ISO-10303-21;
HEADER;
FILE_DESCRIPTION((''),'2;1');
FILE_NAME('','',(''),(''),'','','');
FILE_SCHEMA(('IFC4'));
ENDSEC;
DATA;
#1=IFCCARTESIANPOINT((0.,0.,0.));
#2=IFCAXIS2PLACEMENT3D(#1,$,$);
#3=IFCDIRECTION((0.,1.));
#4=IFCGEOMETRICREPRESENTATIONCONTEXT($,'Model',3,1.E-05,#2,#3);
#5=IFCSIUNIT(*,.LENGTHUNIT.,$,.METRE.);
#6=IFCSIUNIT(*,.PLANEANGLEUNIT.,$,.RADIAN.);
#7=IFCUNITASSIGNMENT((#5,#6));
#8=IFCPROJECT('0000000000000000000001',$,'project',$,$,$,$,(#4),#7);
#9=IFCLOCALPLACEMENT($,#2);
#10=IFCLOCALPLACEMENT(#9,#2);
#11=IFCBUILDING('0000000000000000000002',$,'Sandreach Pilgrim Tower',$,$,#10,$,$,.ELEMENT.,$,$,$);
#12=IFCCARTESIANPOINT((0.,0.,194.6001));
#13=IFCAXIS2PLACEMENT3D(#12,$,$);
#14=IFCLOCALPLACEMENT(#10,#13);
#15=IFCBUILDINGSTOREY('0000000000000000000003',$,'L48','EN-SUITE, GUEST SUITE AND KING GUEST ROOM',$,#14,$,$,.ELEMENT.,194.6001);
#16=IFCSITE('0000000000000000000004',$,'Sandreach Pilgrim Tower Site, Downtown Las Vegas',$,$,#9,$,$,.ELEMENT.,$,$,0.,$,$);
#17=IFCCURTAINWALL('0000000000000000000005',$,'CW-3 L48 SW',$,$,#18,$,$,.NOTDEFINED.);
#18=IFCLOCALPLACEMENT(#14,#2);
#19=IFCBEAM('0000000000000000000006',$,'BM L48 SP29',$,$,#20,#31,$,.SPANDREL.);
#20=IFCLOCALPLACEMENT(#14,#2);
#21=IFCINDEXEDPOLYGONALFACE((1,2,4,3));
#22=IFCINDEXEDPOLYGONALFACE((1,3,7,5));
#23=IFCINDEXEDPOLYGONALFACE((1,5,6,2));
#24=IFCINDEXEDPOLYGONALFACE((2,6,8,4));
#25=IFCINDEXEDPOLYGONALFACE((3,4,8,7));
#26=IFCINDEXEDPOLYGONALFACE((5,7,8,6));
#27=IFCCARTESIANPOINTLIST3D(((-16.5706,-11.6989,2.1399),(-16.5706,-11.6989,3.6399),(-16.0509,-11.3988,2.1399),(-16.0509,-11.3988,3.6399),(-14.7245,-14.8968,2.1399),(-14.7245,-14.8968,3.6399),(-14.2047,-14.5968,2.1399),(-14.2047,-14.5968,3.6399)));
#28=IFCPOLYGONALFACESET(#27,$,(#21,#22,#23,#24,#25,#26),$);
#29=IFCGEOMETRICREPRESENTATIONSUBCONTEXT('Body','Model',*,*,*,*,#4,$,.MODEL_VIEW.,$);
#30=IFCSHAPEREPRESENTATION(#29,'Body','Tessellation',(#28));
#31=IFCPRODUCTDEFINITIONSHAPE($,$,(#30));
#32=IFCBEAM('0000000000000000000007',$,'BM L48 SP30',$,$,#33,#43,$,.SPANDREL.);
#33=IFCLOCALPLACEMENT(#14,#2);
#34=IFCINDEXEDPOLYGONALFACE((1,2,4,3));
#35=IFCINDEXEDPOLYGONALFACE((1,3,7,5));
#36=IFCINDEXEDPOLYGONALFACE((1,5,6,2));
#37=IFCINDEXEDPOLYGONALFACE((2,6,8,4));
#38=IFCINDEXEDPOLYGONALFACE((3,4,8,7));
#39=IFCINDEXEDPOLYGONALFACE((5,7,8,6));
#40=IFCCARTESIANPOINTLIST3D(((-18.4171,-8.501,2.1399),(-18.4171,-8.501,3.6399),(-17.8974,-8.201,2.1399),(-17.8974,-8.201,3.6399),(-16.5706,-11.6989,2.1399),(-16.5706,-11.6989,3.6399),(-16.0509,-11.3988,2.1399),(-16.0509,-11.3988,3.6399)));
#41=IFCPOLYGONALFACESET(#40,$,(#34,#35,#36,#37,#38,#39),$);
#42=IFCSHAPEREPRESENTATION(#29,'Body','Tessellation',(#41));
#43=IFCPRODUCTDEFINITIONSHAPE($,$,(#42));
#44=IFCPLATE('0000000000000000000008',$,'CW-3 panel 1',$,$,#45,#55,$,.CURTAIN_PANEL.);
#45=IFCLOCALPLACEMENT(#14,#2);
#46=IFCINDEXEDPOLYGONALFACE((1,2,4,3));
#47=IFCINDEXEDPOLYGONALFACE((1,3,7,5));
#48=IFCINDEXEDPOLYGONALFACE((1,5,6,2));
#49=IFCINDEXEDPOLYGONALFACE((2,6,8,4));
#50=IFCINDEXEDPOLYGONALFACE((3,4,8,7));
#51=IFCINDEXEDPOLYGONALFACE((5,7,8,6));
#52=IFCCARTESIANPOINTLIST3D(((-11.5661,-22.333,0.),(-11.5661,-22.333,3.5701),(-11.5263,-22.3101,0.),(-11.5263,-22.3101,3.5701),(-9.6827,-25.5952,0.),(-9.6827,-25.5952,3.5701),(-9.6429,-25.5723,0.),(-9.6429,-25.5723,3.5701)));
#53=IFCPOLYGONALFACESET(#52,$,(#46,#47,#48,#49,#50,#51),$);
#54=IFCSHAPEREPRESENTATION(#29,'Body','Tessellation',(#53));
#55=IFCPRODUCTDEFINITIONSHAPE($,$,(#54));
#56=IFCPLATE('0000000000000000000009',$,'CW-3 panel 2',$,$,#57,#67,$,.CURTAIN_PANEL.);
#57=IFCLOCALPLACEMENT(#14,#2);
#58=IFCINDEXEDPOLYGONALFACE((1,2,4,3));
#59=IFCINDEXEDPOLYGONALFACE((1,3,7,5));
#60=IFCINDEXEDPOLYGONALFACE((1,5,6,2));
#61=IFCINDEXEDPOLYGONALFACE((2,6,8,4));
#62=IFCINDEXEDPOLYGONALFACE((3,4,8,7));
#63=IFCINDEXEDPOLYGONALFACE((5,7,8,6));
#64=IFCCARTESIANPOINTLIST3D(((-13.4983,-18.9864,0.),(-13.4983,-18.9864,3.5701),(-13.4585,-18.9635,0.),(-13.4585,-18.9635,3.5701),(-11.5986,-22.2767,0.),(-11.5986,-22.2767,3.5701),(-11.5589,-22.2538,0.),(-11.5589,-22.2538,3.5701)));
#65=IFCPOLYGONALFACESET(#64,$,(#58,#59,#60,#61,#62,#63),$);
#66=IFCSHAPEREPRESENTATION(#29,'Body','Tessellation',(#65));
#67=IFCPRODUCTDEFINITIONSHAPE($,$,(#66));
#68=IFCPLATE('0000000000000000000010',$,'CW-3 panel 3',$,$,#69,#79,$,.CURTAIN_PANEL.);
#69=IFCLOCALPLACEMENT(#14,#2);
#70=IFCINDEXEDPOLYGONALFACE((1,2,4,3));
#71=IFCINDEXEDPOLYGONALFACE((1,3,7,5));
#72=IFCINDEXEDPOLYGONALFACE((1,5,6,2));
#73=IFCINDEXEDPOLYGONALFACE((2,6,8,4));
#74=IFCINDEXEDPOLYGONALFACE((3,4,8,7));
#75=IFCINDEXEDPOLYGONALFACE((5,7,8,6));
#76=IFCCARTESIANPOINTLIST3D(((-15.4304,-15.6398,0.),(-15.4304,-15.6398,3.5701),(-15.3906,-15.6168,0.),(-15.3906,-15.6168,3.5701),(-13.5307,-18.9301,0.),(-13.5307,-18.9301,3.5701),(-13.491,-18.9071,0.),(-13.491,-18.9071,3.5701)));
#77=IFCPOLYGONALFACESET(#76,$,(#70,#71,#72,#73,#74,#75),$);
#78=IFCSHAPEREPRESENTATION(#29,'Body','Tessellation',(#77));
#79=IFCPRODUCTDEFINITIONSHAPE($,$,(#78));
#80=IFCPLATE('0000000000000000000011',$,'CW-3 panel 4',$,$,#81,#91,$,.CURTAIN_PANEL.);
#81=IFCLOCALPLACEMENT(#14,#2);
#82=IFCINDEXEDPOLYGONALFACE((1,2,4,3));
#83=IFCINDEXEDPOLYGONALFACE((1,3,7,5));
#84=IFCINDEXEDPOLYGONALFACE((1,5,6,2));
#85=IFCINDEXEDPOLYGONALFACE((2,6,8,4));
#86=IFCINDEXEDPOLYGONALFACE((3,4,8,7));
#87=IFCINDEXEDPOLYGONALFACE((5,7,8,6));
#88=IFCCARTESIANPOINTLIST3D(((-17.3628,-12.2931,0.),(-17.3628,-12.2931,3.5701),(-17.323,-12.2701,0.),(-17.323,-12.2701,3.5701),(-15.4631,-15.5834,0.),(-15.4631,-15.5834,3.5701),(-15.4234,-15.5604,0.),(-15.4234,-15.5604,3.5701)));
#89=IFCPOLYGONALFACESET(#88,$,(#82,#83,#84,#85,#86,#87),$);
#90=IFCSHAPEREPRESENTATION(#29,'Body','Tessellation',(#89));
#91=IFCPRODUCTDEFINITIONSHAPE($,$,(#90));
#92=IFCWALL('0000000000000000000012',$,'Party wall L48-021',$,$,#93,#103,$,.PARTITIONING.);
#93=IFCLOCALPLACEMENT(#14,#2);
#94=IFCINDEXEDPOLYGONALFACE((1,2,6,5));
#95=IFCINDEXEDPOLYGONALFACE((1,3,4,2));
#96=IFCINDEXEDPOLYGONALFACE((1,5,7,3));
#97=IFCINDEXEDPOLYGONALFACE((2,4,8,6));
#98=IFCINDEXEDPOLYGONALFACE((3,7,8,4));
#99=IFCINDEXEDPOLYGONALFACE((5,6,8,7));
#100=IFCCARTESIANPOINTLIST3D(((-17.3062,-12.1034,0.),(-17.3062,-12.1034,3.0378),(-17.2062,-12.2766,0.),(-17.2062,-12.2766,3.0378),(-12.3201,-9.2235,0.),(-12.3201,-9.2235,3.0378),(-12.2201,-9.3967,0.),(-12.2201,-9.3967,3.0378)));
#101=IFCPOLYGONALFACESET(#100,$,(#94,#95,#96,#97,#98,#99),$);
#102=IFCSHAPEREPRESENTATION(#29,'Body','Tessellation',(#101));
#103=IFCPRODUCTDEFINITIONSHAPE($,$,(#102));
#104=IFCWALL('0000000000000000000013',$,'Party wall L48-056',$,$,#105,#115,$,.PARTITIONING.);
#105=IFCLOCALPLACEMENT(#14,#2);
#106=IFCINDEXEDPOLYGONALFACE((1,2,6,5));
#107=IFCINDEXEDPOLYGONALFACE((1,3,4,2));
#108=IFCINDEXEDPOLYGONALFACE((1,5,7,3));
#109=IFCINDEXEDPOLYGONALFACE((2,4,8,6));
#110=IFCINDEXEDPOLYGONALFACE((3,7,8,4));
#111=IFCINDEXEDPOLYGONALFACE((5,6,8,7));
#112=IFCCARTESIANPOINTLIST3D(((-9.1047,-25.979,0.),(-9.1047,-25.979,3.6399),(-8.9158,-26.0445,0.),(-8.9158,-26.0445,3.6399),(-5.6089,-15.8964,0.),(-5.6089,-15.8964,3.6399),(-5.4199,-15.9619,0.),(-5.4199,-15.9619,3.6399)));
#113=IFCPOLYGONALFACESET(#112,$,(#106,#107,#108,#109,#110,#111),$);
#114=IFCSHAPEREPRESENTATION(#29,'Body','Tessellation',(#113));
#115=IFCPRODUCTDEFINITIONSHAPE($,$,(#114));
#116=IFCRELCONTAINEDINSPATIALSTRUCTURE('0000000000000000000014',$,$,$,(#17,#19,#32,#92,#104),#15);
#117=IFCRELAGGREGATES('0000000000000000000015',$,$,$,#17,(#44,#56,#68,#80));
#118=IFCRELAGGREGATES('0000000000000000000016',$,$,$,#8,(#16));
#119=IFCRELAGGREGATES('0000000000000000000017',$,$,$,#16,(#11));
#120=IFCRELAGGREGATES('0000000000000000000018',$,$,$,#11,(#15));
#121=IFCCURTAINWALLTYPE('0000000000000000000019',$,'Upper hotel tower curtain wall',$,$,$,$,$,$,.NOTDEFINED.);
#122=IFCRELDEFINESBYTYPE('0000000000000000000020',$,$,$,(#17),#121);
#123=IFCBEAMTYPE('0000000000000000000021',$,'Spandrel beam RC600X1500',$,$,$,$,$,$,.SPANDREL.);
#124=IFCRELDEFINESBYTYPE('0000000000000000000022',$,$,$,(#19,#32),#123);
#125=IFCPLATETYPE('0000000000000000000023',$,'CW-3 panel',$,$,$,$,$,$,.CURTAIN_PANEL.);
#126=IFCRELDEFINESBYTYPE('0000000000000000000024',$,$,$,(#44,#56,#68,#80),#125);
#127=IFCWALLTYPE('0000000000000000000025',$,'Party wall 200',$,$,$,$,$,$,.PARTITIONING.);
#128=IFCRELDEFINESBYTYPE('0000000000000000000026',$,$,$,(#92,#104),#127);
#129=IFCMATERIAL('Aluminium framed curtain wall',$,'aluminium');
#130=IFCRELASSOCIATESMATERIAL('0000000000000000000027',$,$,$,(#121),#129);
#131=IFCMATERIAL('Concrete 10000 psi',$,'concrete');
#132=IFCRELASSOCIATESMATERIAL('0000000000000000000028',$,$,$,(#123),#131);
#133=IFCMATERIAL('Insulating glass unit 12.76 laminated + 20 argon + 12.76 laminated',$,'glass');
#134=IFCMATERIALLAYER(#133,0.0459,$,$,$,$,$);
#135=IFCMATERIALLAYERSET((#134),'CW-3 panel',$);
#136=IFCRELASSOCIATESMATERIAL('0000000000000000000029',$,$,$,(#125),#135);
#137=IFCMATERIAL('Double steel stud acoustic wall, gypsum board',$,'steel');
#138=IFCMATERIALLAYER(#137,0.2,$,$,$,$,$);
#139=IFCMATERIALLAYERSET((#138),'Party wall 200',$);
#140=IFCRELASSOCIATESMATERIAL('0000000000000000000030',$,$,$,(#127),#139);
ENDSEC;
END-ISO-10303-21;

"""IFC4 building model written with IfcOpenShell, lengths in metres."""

from ifc_helpers import new_model, si_unit, direction, frame, frame_2d, origin, origin_2d, place, context, subcontext, project, spatial, rectangle, extrude, material, layer, layer_set, material_profile, profile_set, type_object, element, aggregate, save


model = new_model("IFC4")

# Units and contexts
model_context = context("Model", 3, precision=1e-05, world=origin(), true_north=direction((0.0, 1.0)))
body_context = subcontext(model_context, "Body", "Model", "MODEL_VIEW")
ifc_project = project(units=[si_unit("LENGTHUNIT", "METRE"), si_unit("PLANEANGLEUNIT", "RADIAN")], contexts=[model_context])

# Site, building, storey
site_placement = place(None, origin())
site = spatial("IfcSite", under=ifc_project, at=site_placement, Name="Sandreach Pilgrim Tower Site, Downtown Las Vegas", CompositionType="ELEMENT", RefElevation=0.0)
building_placement = place(site_placement, origin())
building = spatial("IfcBuilding", under=site, at=building_placement, Name="Sandreach Pilgrim Tower", CompositionType="ELEMENT")
storey_placement = place(building_placement, frame((0.0, 0.0, 194.6001)))
storey = spatial("IfcBuildingStorey", under=building, at=storey_placement, Name="L48", Description="EN-SUITE, GUEST SUITE AND KING GUEST ROOM", CompositionType="ELEMENT", Elevation=194.6001)

# Curtain wall
ifc_material_1 = material(Name="Aluminium framed curtain wall", Category="aluminium")
curtain_wall_type = type_object("IfcCurtainWallType", Name="Upper hotel tower curtain wall", PredefinedType="NOTDEFINED", material=ifc_material_1)
curtain_wall_placement = place(storey_placement, origin())
curtain_wall = element("IfcCurtainWall", 1, at=curtain_wall_placement, inside=storey, type_object=curtain_wall_type, Name="CW-3 L48 SW", PredefinedType="NOTDEFINED")

# Beams
ifc_material_2 = material(Name="Concrete 10000 psi", Category="concrete")
ifc_material_profile_1 = material_profile(ifc_material_2, rectangle(XDim=0.6001, YDim=1.5, at=origin_2d()), Name="RC600X1500")
ifc_profile_set_1 = profile_set([ifc_material_profile_1], Name="Concrete 10000 psi")
beam_type_1 = type_object("IfcBeamType", Name="Spandrel beam RC600X1500", PredefinedType="SPANDREL", material=ifc_profile_set_1)
for number, where, z_axis, x_axis, name in (
    (2, (-14.4646, -14.7468, 2.8899), (-0.499965, 0.866046, 0.0), (-0.866046, -0.499965, 0.0), "BM L48 SP29"),
    (3, (-16.3108, -11.5488, 2.8899), (-0.500043, 0.866001, 0.0), (-0.866001, -0.500043, 0.0), "BM L48 SP30"),
):
    element("IfcBeam", number, at=place(storey_placement, frame(where, z_axis=z_axis, x_axis=x_axis)), inside=storey, type_object=beam_type_1, Name=name, PredefinedType="SPANDREL", context=body_context, shape_type="SweptSolid", body=[
        extrude(rectangle(XDim=0.6001, YDim=1.5, at=origin_2d()), origin(), (0.0, 0.0, 1.0), 3.6926),
    ])

# Plates
ifc_material_3 = material(Name="Insulating glass unit 12.76 laminated + 20 argon + 12.76 laminated", Category="glass")
ifc_layer_1 = layer(ifc_material_3, 0.0459)
ifc_layer_set_1 = layer_set([ifc_layer_1], Name="CW-3 panel")
plate_type = type_object("IfcPlateType", Name="CW-3 panel", PredefinedType="CURTAIN_PANEL", material=ifc_layer_set_1)
plate_1_placement = place(storey_placement, frame((-10.6045, -23.9526, 0.0), z_axis=(0.0, 0.0, 1.0), x_axis=(-0.5, 0.866025, 0.0)))
plate_1 = element("IfcPlate", 4, at=plate_1_placement, type_object=plate_type, Name="CW-3 panel 1", PredefinedType="CURTAIN_PANEL", context=body_context, shape_type="SweptSolid", body=[
    extrude(rectangle(XDim=3.7668, YDim=0.0459, at=origin_2d()), origin(), (0.0, 0.0, 1.0), 3.5701),
])
plate_2_placement = place(storey_placement, frame((-12.5286, -20.6201, 0.0), z_axis=(0.0, 0.0, 1.0), x_axis=(-0.5, 0.866025, 0.0)))
plate_2 = element("IfcPlate", 5, at=plate_2_placement, type_object=plate_type, Name="CW-3 panel 2", PredefinedType="CURTAIN_PANEL", context=body_context, shape_type="SweptSolid", body=[
    extrude(rectangle(XDim=3.7993, YDim=0.0459, at=origin_2d()), origin(), (0.0, 0.0, 1.0), 3.5701),
])
plate_3_placement = place(storey_placement, frame((-14.4607, -17.2734, 0.0), z_axis=(0.0, 0.0, 1.0), x_axis=(-0.5, 0.866025, 0.0)))
plate_3 = element("IfcPlate", 6, at=plate_3_placement, type_object=plate_type, Name="CW-3 panel 3", PredefinedType="CURTAIN_PANEL", context=body_context, shape_type="SweptSolid", body=[
    extrude(rectangle(XDim=3.7993, YDim=0.0459, at=origin_2d()), origin(), (0.0, 0.0, 1.0), 3.5701),
])
plate_4_placement = place(storey_placement, frame((-16.3931, -13.9268, 0.0), z_axis=(0.0, 0.0, 1.0), x_axis=(-0.5, 0.866025, 0.0)))
plate_4 = element("IfcPlate", 7, at=plate_4_placement, type_object=plate_type, Name="CW-3 panel 4", PredefinedType="CURTAIN_PANEL", context=body_context, shape_type="SweptSolid", body=[
    extrude(rectangle(XDim=3.7993, YDim=0.0459, at=origin_2d()), origin(), (0.0, 0.0, 1.0), 3.5701),
])
aggregate(curtain_wall, [plate_1, plate_2, plate_3, plate_4])

# Walls
ifc_material_4 = material(Name="Double steel stud acoustic wall, gypsum board", Category="steel")
ifc_layer_2 = layer(ifc_material_4, 0.2)
ifc_layer_set_2 = layer_set([ifc_layer_2], Name="Party wall 200")
wall_type = type_object("IfcWallType", Name="Party wall 200", PredefinedType="PARTITIONING", material=ifc_layer_set_2)
wall_1_placement = place(storey_placement, frame((-17.2561, -12.1899, 0.0), z_axis=(0.0, 0.0, 1.0), x_axis=(0.865938, 0.500152, 0.0)))
element("IfcWall", 8, at=wall_1_placement, inside=storey, type_object=wall_type, Name="Party wall L48-021", PredefinedType="PARTITIONING", context=body_context, shape_type="SweptSolid", body=[
    extrude(rectangle(XDim=5.7581, YDim=0.2, at=frame_2d((2.8789, 0.0))), origin(), (0.0, 0.0, 1.0), 3.0378),
])
wall_2_placement = place(storey_placement, frame((-9.0103, -26.0117, 0.0), z_axis=(0.0, 0.0, 1.0), x_axis=(0.327591, 0.944819, 0.0)))
element("IfcWall", 9, at=wall_2_placement, inside=storey, type_object=wall_type, Name="Party wall L48-056", PredefinedType="PARTITIONING", context=body_context, shape_type="SweptSolid", body=[
    extrude(rectangle(XDim=10.6714, YDim=0.2, at=frame_2d((5.3357, 0.0))), origin(), (0.0, 0.0, 1.0), 3.6399),
])

save(model, "model.ifc")
